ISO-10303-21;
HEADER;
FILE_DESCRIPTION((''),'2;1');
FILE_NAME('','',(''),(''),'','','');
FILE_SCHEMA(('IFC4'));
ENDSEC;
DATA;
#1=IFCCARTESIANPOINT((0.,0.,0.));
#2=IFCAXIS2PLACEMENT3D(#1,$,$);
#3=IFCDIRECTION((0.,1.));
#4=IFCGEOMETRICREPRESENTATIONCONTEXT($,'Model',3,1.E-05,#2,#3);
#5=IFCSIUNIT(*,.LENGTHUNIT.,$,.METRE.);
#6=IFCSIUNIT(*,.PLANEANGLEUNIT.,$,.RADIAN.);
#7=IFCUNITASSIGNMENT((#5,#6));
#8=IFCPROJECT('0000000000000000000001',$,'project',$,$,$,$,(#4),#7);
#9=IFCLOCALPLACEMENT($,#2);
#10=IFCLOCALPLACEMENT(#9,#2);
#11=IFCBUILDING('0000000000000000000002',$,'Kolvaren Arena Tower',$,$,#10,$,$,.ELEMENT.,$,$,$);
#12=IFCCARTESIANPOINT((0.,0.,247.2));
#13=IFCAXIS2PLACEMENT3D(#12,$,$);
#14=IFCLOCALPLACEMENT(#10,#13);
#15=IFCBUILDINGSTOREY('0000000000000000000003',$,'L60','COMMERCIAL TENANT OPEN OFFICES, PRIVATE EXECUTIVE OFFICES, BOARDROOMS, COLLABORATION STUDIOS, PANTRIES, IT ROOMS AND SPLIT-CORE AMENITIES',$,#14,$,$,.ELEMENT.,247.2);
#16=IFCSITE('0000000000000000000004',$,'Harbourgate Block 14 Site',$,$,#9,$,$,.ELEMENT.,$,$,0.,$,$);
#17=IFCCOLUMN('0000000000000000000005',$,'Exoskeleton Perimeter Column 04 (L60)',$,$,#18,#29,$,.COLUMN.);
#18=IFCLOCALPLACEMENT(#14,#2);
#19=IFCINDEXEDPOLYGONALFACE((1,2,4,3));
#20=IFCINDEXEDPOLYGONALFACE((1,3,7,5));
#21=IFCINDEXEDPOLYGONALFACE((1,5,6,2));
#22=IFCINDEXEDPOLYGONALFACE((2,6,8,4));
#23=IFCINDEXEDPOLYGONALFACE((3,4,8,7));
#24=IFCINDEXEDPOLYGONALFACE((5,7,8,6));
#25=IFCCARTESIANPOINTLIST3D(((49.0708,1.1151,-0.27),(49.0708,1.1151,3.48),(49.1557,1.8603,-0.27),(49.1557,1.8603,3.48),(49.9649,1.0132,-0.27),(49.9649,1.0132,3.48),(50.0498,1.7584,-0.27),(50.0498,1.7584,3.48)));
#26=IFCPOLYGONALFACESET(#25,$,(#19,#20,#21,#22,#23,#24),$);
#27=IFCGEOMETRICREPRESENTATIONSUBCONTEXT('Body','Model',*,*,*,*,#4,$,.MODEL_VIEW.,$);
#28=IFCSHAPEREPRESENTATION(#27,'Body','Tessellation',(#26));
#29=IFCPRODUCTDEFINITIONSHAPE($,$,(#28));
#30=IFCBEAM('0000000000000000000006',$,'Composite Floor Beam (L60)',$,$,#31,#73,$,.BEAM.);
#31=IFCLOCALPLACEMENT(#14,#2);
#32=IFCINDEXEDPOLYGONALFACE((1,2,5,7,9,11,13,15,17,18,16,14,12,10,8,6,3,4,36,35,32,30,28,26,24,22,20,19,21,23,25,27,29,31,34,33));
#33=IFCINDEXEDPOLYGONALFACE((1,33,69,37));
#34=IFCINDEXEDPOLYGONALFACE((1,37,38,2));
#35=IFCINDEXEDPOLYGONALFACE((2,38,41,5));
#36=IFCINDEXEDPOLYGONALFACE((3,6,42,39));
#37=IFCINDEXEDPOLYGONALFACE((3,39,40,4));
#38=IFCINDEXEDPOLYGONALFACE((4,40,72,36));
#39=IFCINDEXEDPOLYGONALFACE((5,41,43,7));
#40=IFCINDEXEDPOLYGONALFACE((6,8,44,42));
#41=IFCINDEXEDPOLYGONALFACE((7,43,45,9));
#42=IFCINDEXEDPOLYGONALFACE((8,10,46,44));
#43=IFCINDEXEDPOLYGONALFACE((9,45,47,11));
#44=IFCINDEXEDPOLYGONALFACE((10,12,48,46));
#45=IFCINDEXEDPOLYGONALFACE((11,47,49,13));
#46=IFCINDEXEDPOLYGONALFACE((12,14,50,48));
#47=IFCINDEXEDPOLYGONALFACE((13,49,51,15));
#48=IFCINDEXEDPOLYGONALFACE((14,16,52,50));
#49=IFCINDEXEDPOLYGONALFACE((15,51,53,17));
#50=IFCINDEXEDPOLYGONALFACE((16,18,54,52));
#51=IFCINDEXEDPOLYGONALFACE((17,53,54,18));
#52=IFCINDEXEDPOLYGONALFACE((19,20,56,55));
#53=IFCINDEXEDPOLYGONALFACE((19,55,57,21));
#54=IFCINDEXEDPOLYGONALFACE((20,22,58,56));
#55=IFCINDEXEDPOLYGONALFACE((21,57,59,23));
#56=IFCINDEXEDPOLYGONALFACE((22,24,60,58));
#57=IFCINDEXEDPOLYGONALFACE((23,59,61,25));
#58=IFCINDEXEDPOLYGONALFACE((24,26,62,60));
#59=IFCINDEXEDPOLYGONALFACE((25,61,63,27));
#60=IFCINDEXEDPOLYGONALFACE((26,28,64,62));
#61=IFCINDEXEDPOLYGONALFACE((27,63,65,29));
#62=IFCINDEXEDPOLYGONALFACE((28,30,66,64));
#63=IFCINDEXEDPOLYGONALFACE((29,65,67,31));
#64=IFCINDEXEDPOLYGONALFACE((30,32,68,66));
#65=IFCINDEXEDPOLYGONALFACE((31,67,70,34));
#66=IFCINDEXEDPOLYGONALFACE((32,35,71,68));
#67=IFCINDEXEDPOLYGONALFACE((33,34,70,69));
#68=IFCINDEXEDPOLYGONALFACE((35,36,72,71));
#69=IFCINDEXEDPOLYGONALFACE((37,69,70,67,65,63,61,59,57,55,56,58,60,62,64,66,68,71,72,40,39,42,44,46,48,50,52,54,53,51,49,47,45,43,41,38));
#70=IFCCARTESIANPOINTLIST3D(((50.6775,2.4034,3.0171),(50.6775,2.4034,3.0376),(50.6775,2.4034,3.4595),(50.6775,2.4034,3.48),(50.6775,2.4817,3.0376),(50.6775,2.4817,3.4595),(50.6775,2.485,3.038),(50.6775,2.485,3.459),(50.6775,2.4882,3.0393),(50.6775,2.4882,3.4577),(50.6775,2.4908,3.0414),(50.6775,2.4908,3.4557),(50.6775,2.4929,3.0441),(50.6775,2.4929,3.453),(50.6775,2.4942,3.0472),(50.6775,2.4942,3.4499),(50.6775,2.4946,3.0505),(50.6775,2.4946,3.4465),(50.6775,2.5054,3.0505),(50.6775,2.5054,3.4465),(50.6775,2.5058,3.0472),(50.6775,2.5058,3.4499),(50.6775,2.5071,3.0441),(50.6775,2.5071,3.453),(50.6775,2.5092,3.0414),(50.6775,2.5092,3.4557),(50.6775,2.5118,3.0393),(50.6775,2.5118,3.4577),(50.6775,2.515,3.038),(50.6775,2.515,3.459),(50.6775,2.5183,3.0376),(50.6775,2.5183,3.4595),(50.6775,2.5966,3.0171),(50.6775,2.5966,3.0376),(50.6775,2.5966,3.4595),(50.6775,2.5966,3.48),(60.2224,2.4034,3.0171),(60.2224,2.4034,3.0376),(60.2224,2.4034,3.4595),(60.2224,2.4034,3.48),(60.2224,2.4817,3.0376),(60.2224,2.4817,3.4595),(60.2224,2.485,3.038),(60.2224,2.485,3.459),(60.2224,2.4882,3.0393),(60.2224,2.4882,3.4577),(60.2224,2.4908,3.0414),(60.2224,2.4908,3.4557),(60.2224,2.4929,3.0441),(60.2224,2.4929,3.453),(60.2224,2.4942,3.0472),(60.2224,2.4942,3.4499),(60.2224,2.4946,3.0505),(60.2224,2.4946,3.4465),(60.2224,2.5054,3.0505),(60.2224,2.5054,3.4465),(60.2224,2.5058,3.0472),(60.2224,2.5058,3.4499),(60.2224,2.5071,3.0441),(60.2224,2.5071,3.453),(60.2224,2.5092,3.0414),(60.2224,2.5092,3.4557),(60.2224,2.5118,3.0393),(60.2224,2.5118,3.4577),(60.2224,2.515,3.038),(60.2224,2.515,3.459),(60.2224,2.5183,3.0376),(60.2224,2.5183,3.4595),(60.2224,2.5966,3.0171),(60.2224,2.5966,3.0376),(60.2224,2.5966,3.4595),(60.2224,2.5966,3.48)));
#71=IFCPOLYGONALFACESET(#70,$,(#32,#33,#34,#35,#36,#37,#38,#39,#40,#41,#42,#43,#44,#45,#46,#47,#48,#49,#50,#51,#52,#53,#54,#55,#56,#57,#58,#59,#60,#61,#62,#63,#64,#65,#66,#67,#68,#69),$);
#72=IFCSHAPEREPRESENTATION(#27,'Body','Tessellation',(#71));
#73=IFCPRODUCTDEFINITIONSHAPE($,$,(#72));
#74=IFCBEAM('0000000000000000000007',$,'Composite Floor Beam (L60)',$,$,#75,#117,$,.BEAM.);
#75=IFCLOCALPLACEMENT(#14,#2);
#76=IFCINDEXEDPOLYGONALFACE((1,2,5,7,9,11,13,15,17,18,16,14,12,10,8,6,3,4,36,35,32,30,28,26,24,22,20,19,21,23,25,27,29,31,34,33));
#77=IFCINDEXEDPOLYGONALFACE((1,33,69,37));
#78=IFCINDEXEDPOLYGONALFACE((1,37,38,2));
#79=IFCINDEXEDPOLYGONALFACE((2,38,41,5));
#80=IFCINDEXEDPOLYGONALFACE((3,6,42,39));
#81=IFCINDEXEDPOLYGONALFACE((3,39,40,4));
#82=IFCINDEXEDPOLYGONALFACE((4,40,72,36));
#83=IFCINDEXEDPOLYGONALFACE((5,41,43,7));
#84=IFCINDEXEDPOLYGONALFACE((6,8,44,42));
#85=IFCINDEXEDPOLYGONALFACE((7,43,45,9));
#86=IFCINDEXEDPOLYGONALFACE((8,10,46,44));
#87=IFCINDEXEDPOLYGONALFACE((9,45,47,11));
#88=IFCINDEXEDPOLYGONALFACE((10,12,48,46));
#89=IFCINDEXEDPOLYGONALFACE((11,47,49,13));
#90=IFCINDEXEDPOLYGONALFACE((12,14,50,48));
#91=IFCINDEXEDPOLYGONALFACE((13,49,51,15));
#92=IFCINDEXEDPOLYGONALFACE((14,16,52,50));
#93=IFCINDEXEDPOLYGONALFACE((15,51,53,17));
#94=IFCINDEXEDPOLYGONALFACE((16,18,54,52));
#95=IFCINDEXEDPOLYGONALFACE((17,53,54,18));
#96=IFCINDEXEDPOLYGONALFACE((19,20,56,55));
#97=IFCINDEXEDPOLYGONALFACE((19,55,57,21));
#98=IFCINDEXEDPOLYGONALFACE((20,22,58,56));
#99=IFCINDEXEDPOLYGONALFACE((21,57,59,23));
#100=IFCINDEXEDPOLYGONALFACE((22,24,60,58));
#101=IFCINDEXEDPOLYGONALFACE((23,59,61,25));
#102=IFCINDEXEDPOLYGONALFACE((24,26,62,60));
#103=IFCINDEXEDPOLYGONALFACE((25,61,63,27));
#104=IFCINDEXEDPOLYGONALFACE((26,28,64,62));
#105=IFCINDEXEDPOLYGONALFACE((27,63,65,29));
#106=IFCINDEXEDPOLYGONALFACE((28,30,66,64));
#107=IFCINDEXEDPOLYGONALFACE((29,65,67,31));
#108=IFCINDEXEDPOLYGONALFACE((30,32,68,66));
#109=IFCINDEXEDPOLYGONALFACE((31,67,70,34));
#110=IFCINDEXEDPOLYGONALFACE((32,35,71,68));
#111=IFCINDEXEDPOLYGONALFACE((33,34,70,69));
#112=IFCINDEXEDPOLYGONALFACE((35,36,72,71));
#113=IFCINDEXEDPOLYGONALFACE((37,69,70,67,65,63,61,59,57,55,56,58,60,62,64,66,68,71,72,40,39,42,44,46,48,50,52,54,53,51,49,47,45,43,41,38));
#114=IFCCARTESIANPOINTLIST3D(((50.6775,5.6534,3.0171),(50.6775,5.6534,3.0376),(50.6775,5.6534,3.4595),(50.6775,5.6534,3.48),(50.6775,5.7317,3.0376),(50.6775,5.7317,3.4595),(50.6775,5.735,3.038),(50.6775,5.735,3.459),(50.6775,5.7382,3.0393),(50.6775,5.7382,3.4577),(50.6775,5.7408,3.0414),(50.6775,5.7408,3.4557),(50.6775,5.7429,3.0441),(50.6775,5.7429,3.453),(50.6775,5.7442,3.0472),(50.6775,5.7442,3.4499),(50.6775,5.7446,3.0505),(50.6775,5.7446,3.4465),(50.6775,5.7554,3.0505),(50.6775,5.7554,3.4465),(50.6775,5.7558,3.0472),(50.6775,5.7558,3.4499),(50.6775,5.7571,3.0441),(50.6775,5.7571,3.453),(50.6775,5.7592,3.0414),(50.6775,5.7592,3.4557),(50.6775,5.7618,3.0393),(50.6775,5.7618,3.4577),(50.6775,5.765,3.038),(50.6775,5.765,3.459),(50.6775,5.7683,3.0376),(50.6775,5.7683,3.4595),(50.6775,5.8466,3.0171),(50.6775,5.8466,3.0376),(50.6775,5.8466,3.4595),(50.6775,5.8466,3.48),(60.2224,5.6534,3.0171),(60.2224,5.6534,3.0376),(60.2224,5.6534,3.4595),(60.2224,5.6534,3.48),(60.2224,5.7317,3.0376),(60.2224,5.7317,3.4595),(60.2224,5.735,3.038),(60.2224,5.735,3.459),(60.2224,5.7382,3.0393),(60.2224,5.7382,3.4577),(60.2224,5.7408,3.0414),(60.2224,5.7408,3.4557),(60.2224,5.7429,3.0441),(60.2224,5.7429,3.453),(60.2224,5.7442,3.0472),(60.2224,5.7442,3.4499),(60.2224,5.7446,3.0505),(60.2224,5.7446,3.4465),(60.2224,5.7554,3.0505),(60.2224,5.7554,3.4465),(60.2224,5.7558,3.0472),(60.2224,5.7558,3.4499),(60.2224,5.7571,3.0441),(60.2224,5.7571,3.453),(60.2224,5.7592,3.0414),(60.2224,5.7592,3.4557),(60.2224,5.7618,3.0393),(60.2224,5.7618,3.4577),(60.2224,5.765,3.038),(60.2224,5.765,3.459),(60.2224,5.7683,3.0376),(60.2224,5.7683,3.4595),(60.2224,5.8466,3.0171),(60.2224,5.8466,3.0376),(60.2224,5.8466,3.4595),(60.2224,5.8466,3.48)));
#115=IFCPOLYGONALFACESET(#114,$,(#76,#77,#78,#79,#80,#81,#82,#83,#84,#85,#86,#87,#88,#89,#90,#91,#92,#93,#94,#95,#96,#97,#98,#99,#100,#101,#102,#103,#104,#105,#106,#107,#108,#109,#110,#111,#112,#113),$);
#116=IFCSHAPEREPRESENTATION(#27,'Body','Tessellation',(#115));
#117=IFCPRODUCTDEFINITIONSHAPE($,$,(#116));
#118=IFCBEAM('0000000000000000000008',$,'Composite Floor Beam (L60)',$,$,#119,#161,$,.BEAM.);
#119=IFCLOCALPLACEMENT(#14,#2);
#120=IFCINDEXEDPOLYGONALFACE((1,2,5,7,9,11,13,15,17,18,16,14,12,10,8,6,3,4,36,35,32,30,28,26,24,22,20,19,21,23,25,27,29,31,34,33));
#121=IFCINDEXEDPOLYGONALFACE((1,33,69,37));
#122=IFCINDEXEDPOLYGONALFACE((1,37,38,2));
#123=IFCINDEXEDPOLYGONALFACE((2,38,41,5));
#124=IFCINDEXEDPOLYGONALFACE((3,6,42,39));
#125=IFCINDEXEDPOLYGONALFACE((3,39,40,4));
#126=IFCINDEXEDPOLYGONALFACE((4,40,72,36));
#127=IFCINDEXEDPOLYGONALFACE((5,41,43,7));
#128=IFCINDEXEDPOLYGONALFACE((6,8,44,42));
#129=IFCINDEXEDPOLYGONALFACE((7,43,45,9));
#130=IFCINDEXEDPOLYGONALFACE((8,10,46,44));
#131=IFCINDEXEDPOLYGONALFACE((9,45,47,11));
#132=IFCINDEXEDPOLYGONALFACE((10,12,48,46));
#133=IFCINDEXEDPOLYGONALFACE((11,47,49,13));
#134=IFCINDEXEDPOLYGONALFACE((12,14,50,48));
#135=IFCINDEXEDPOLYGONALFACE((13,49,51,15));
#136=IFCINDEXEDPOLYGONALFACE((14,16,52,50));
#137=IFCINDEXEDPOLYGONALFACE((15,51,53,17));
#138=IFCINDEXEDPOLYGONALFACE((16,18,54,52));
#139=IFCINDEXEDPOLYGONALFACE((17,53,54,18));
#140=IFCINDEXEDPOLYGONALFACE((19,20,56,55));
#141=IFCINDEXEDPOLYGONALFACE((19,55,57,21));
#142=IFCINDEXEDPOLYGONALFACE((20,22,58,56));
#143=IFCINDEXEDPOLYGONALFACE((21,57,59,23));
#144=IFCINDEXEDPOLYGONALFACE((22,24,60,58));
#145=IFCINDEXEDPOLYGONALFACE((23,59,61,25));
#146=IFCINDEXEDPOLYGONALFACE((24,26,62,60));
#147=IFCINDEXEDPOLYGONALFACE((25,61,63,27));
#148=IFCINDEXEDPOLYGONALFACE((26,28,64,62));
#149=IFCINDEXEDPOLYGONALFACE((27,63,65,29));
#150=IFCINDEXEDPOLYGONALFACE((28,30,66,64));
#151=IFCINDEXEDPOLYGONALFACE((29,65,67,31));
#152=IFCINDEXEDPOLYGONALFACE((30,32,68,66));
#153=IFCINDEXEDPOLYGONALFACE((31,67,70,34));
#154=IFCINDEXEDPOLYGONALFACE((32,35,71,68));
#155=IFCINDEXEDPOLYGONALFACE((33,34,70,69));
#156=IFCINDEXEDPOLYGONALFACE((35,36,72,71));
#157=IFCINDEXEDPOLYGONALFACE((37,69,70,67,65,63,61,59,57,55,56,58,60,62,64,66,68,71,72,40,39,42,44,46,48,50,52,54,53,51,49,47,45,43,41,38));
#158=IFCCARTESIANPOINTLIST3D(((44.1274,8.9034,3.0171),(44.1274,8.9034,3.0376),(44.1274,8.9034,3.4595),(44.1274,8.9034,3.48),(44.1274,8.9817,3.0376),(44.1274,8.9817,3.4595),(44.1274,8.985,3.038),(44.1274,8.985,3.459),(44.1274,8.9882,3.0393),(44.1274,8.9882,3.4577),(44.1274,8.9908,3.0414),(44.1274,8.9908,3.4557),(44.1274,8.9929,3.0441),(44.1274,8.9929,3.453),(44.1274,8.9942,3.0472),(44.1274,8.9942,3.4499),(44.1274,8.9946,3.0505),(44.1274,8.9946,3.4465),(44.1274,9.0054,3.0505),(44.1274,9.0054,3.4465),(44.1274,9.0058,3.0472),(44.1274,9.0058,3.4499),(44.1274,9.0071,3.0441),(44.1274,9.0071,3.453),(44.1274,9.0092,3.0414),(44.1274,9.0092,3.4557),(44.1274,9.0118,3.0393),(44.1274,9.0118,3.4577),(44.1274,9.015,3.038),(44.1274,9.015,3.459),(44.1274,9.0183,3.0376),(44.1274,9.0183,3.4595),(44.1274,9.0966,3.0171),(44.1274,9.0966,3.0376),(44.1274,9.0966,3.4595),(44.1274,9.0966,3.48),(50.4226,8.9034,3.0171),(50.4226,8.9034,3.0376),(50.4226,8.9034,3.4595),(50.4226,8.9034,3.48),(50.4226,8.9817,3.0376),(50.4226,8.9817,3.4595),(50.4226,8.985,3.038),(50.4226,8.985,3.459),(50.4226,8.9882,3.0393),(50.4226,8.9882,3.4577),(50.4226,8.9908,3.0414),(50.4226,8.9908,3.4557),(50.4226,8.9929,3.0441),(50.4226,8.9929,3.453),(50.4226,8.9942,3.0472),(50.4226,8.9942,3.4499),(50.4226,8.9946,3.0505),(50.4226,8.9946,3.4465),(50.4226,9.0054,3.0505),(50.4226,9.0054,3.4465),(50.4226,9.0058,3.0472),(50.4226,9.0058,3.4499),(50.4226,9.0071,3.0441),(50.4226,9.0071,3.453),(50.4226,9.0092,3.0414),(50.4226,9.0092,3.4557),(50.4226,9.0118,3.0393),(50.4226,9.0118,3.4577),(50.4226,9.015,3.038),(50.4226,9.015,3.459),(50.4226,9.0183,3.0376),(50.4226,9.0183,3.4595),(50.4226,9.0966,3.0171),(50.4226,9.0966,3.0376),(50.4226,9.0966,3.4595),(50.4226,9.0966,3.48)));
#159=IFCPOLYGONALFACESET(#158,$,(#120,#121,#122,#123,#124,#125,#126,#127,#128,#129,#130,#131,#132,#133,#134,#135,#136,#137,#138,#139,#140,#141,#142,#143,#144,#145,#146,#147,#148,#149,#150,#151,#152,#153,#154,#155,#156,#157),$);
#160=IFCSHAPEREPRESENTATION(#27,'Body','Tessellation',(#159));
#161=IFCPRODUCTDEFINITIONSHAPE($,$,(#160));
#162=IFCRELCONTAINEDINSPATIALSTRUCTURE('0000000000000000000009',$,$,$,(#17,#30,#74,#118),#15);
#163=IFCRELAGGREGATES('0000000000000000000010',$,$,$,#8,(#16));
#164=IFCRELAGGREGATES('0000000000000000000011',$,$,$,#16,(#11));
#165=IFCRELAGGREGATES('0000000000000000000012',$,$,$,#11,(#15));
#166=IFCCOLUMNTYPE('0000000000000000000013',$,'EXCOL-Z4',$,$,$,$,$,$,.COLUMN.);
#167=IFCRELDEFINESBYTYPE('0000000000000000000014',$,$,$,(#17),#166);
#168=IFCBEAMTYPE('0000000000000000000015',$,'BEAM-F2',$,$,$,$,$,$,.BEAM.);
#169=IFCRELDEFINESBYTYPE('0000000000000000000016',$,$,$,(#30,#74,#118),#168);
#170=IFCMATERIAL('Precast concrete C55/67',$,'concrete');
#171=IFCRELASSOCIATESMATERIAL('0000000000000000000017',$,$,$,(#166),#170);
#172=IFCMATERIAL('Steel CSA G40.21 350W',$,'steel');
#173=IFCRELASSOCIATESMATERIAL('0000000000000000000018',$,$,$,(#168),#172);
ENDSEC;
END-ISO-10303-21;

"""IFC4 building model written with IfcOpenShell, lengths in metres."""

from ifc_helpers import new_model, si_unit, direction, frame, origin, origin_2d, place, context, subcontext, project, spatial, rectangle, i_section, extrude, material, material_profile, profile_set, type_object, element, save


model = new_model("IFC4")

# Units and contexts
model_context = context("Model", 3, precision=1e-05, world=origin(), true_north=direction((0.0, 1.0)))
body_context = subcontext(model_context, "Body", "Model", "MODEL_VIEW")
ifc_project = project(units=[si_unit("LENGTHUNIT", "METRE"), si_unit("PLANEANGLEUNIT", "RADIAN")], contexts=[model_context])

# Site, building, storey
site_placement = place(None, origin())
site = spatial("IfcSite", under=ifc_project, at=site_placement, Name="Harbourgate Block 14 Site", CompositionType="ELEMENT", RefElevation=0.0)
building_placement = place(site_placement, origin())
building = spatial("IfcBuilding", under=site, at=building_placement, Name="Kolvaren Arena Tower", CompositionType="ELEMENT")
storey_placement = place(building_placement, frame((0.0, 0.0, 247.2)))
storey = spatial("IfcBuildingStorey", under=building, at=storey_placement, Name="L60", Description="COMMERCIAL TENANT OPEN OFFICES, PRIVATE EXECUTIVE OFFICES, BOARDROOMS, COLLABORATION STUDIOS, PANTRIES, IT ROOMS AND SPLIT-CORE AMENITIES", CompositionType="ELEMENT", Elevation=247.2)

# Column
ifc_material_1 = material(Name="Precast concrete C55/67", Category="concrete")
ifc_material_profile_1 = material_profile(ifc_material_1, rectangle(XDim=0.8999, YDim=0.75, at=origin_2d()), Name="RC-900x750")
ifc_profile_set_1 = profile_set([ifc_material_profile_1], Name="Precast concrete C55/67")
column_type = type_object("IfcColumnType", Name="EXCOL-Z4", PredefinedType="COLUMN", material=ifc_profile_set_1)
column_placement = place(storey_placement, frame((49.5603, 1.4368, -0.27), z_axis=(0.0, 0.0, 1.0), x_axis=(0.993572, -0.113203, 0.0)))
element("IfcColumn", 1, at=column_placement, inside=storey, type_object=column_type, Name="Exoskeleton Perimeter Column 04 (L60)", PredefinedType="COLUMN", context=body_context, shape_type="SweptSolid", body=[
    extrude(rectangle(XDim=0.8999, YDim=0.75, at=origin_2d()), origin(), (0.0, 0.0, 1.0), 3.75),
])

# Beams
ifc_material_2 = material(Name="Steel CSA G40.21 350W", Category="steel")
ifc_material_profile_2 = material_profile(ifc_material_2, i_section(OverallWidth=0.1931, OverallDepth=0.4629, WebThickness=0.0107, FlangeThickness=0.0205, FilletRadius=0.0129, at=origin_2d()), Name="W460x113")
ifc_profile_set_2 = profile_set([ifc_material_profile_2], Name="Steel CSA G40.21 350W")
beam_type_1 = type_object("IfcBeamType", Name="BEAM-F2", PredefinedType="BEAM", material=ifc_profile_set_2)
for number, where, z_axis, x_axis, name in (
    (2, (50.6775, 2.5, 3.2485), (1.0, 0.0, 0.0), (0.0, 1.0, 0.0), "Composite Floor Beam (L60)"),
    (3, (50.6775, 5.75, 3.2485), (1.0, 0.0, 0.0), (0.0, 1.0, 0.0), "Composite Floor Beam (L60)"),
):
    element("IfcBeam", number, at=place(storey_placement, frame(where, z_axis=z_axis, x_axis=x_axis)), inside=storey, type_object=beam_type_1, Name=name, PredefinedType="BEAM", context=body_context, shape_type="SweptSolid", body=[
        extrude(i_section(OverallWidth=0.1931, OverallDepth=0.4629, WebThickness=0.0107, FlangeThickness=0.0205, FilletRadius=0.0129, at=origin_2d()), origin(), (0.0, 0.0, 1.0), 9.5449),
    ])
beam_1_placement = place(storey_placement, frame((44.1274, 9.0, 3.2485), z_axis=(1.0, 0.0, 0.0), x_axis=(0.0, 1.0, 0.0)))
element("IfcBeam", 4, at=beam_1_placement, inside=storey, type_object=beam_type_1, Name="Composite Floor Beam (L60)", PredefinedType="BEAM", context=body_context, shape_type="SweptSolid", body=[
    extrude(i_section(OverallWidth=0.1931, OverallDepth=0.4629, WebThickness=0.0107, FlangeThickness=0.0205, FilletRadius=0.0129, at=origin_2d()), origin(), (0.0, 0.0, 1.0), 6.2952),
])

save(model, "model.ifc")
